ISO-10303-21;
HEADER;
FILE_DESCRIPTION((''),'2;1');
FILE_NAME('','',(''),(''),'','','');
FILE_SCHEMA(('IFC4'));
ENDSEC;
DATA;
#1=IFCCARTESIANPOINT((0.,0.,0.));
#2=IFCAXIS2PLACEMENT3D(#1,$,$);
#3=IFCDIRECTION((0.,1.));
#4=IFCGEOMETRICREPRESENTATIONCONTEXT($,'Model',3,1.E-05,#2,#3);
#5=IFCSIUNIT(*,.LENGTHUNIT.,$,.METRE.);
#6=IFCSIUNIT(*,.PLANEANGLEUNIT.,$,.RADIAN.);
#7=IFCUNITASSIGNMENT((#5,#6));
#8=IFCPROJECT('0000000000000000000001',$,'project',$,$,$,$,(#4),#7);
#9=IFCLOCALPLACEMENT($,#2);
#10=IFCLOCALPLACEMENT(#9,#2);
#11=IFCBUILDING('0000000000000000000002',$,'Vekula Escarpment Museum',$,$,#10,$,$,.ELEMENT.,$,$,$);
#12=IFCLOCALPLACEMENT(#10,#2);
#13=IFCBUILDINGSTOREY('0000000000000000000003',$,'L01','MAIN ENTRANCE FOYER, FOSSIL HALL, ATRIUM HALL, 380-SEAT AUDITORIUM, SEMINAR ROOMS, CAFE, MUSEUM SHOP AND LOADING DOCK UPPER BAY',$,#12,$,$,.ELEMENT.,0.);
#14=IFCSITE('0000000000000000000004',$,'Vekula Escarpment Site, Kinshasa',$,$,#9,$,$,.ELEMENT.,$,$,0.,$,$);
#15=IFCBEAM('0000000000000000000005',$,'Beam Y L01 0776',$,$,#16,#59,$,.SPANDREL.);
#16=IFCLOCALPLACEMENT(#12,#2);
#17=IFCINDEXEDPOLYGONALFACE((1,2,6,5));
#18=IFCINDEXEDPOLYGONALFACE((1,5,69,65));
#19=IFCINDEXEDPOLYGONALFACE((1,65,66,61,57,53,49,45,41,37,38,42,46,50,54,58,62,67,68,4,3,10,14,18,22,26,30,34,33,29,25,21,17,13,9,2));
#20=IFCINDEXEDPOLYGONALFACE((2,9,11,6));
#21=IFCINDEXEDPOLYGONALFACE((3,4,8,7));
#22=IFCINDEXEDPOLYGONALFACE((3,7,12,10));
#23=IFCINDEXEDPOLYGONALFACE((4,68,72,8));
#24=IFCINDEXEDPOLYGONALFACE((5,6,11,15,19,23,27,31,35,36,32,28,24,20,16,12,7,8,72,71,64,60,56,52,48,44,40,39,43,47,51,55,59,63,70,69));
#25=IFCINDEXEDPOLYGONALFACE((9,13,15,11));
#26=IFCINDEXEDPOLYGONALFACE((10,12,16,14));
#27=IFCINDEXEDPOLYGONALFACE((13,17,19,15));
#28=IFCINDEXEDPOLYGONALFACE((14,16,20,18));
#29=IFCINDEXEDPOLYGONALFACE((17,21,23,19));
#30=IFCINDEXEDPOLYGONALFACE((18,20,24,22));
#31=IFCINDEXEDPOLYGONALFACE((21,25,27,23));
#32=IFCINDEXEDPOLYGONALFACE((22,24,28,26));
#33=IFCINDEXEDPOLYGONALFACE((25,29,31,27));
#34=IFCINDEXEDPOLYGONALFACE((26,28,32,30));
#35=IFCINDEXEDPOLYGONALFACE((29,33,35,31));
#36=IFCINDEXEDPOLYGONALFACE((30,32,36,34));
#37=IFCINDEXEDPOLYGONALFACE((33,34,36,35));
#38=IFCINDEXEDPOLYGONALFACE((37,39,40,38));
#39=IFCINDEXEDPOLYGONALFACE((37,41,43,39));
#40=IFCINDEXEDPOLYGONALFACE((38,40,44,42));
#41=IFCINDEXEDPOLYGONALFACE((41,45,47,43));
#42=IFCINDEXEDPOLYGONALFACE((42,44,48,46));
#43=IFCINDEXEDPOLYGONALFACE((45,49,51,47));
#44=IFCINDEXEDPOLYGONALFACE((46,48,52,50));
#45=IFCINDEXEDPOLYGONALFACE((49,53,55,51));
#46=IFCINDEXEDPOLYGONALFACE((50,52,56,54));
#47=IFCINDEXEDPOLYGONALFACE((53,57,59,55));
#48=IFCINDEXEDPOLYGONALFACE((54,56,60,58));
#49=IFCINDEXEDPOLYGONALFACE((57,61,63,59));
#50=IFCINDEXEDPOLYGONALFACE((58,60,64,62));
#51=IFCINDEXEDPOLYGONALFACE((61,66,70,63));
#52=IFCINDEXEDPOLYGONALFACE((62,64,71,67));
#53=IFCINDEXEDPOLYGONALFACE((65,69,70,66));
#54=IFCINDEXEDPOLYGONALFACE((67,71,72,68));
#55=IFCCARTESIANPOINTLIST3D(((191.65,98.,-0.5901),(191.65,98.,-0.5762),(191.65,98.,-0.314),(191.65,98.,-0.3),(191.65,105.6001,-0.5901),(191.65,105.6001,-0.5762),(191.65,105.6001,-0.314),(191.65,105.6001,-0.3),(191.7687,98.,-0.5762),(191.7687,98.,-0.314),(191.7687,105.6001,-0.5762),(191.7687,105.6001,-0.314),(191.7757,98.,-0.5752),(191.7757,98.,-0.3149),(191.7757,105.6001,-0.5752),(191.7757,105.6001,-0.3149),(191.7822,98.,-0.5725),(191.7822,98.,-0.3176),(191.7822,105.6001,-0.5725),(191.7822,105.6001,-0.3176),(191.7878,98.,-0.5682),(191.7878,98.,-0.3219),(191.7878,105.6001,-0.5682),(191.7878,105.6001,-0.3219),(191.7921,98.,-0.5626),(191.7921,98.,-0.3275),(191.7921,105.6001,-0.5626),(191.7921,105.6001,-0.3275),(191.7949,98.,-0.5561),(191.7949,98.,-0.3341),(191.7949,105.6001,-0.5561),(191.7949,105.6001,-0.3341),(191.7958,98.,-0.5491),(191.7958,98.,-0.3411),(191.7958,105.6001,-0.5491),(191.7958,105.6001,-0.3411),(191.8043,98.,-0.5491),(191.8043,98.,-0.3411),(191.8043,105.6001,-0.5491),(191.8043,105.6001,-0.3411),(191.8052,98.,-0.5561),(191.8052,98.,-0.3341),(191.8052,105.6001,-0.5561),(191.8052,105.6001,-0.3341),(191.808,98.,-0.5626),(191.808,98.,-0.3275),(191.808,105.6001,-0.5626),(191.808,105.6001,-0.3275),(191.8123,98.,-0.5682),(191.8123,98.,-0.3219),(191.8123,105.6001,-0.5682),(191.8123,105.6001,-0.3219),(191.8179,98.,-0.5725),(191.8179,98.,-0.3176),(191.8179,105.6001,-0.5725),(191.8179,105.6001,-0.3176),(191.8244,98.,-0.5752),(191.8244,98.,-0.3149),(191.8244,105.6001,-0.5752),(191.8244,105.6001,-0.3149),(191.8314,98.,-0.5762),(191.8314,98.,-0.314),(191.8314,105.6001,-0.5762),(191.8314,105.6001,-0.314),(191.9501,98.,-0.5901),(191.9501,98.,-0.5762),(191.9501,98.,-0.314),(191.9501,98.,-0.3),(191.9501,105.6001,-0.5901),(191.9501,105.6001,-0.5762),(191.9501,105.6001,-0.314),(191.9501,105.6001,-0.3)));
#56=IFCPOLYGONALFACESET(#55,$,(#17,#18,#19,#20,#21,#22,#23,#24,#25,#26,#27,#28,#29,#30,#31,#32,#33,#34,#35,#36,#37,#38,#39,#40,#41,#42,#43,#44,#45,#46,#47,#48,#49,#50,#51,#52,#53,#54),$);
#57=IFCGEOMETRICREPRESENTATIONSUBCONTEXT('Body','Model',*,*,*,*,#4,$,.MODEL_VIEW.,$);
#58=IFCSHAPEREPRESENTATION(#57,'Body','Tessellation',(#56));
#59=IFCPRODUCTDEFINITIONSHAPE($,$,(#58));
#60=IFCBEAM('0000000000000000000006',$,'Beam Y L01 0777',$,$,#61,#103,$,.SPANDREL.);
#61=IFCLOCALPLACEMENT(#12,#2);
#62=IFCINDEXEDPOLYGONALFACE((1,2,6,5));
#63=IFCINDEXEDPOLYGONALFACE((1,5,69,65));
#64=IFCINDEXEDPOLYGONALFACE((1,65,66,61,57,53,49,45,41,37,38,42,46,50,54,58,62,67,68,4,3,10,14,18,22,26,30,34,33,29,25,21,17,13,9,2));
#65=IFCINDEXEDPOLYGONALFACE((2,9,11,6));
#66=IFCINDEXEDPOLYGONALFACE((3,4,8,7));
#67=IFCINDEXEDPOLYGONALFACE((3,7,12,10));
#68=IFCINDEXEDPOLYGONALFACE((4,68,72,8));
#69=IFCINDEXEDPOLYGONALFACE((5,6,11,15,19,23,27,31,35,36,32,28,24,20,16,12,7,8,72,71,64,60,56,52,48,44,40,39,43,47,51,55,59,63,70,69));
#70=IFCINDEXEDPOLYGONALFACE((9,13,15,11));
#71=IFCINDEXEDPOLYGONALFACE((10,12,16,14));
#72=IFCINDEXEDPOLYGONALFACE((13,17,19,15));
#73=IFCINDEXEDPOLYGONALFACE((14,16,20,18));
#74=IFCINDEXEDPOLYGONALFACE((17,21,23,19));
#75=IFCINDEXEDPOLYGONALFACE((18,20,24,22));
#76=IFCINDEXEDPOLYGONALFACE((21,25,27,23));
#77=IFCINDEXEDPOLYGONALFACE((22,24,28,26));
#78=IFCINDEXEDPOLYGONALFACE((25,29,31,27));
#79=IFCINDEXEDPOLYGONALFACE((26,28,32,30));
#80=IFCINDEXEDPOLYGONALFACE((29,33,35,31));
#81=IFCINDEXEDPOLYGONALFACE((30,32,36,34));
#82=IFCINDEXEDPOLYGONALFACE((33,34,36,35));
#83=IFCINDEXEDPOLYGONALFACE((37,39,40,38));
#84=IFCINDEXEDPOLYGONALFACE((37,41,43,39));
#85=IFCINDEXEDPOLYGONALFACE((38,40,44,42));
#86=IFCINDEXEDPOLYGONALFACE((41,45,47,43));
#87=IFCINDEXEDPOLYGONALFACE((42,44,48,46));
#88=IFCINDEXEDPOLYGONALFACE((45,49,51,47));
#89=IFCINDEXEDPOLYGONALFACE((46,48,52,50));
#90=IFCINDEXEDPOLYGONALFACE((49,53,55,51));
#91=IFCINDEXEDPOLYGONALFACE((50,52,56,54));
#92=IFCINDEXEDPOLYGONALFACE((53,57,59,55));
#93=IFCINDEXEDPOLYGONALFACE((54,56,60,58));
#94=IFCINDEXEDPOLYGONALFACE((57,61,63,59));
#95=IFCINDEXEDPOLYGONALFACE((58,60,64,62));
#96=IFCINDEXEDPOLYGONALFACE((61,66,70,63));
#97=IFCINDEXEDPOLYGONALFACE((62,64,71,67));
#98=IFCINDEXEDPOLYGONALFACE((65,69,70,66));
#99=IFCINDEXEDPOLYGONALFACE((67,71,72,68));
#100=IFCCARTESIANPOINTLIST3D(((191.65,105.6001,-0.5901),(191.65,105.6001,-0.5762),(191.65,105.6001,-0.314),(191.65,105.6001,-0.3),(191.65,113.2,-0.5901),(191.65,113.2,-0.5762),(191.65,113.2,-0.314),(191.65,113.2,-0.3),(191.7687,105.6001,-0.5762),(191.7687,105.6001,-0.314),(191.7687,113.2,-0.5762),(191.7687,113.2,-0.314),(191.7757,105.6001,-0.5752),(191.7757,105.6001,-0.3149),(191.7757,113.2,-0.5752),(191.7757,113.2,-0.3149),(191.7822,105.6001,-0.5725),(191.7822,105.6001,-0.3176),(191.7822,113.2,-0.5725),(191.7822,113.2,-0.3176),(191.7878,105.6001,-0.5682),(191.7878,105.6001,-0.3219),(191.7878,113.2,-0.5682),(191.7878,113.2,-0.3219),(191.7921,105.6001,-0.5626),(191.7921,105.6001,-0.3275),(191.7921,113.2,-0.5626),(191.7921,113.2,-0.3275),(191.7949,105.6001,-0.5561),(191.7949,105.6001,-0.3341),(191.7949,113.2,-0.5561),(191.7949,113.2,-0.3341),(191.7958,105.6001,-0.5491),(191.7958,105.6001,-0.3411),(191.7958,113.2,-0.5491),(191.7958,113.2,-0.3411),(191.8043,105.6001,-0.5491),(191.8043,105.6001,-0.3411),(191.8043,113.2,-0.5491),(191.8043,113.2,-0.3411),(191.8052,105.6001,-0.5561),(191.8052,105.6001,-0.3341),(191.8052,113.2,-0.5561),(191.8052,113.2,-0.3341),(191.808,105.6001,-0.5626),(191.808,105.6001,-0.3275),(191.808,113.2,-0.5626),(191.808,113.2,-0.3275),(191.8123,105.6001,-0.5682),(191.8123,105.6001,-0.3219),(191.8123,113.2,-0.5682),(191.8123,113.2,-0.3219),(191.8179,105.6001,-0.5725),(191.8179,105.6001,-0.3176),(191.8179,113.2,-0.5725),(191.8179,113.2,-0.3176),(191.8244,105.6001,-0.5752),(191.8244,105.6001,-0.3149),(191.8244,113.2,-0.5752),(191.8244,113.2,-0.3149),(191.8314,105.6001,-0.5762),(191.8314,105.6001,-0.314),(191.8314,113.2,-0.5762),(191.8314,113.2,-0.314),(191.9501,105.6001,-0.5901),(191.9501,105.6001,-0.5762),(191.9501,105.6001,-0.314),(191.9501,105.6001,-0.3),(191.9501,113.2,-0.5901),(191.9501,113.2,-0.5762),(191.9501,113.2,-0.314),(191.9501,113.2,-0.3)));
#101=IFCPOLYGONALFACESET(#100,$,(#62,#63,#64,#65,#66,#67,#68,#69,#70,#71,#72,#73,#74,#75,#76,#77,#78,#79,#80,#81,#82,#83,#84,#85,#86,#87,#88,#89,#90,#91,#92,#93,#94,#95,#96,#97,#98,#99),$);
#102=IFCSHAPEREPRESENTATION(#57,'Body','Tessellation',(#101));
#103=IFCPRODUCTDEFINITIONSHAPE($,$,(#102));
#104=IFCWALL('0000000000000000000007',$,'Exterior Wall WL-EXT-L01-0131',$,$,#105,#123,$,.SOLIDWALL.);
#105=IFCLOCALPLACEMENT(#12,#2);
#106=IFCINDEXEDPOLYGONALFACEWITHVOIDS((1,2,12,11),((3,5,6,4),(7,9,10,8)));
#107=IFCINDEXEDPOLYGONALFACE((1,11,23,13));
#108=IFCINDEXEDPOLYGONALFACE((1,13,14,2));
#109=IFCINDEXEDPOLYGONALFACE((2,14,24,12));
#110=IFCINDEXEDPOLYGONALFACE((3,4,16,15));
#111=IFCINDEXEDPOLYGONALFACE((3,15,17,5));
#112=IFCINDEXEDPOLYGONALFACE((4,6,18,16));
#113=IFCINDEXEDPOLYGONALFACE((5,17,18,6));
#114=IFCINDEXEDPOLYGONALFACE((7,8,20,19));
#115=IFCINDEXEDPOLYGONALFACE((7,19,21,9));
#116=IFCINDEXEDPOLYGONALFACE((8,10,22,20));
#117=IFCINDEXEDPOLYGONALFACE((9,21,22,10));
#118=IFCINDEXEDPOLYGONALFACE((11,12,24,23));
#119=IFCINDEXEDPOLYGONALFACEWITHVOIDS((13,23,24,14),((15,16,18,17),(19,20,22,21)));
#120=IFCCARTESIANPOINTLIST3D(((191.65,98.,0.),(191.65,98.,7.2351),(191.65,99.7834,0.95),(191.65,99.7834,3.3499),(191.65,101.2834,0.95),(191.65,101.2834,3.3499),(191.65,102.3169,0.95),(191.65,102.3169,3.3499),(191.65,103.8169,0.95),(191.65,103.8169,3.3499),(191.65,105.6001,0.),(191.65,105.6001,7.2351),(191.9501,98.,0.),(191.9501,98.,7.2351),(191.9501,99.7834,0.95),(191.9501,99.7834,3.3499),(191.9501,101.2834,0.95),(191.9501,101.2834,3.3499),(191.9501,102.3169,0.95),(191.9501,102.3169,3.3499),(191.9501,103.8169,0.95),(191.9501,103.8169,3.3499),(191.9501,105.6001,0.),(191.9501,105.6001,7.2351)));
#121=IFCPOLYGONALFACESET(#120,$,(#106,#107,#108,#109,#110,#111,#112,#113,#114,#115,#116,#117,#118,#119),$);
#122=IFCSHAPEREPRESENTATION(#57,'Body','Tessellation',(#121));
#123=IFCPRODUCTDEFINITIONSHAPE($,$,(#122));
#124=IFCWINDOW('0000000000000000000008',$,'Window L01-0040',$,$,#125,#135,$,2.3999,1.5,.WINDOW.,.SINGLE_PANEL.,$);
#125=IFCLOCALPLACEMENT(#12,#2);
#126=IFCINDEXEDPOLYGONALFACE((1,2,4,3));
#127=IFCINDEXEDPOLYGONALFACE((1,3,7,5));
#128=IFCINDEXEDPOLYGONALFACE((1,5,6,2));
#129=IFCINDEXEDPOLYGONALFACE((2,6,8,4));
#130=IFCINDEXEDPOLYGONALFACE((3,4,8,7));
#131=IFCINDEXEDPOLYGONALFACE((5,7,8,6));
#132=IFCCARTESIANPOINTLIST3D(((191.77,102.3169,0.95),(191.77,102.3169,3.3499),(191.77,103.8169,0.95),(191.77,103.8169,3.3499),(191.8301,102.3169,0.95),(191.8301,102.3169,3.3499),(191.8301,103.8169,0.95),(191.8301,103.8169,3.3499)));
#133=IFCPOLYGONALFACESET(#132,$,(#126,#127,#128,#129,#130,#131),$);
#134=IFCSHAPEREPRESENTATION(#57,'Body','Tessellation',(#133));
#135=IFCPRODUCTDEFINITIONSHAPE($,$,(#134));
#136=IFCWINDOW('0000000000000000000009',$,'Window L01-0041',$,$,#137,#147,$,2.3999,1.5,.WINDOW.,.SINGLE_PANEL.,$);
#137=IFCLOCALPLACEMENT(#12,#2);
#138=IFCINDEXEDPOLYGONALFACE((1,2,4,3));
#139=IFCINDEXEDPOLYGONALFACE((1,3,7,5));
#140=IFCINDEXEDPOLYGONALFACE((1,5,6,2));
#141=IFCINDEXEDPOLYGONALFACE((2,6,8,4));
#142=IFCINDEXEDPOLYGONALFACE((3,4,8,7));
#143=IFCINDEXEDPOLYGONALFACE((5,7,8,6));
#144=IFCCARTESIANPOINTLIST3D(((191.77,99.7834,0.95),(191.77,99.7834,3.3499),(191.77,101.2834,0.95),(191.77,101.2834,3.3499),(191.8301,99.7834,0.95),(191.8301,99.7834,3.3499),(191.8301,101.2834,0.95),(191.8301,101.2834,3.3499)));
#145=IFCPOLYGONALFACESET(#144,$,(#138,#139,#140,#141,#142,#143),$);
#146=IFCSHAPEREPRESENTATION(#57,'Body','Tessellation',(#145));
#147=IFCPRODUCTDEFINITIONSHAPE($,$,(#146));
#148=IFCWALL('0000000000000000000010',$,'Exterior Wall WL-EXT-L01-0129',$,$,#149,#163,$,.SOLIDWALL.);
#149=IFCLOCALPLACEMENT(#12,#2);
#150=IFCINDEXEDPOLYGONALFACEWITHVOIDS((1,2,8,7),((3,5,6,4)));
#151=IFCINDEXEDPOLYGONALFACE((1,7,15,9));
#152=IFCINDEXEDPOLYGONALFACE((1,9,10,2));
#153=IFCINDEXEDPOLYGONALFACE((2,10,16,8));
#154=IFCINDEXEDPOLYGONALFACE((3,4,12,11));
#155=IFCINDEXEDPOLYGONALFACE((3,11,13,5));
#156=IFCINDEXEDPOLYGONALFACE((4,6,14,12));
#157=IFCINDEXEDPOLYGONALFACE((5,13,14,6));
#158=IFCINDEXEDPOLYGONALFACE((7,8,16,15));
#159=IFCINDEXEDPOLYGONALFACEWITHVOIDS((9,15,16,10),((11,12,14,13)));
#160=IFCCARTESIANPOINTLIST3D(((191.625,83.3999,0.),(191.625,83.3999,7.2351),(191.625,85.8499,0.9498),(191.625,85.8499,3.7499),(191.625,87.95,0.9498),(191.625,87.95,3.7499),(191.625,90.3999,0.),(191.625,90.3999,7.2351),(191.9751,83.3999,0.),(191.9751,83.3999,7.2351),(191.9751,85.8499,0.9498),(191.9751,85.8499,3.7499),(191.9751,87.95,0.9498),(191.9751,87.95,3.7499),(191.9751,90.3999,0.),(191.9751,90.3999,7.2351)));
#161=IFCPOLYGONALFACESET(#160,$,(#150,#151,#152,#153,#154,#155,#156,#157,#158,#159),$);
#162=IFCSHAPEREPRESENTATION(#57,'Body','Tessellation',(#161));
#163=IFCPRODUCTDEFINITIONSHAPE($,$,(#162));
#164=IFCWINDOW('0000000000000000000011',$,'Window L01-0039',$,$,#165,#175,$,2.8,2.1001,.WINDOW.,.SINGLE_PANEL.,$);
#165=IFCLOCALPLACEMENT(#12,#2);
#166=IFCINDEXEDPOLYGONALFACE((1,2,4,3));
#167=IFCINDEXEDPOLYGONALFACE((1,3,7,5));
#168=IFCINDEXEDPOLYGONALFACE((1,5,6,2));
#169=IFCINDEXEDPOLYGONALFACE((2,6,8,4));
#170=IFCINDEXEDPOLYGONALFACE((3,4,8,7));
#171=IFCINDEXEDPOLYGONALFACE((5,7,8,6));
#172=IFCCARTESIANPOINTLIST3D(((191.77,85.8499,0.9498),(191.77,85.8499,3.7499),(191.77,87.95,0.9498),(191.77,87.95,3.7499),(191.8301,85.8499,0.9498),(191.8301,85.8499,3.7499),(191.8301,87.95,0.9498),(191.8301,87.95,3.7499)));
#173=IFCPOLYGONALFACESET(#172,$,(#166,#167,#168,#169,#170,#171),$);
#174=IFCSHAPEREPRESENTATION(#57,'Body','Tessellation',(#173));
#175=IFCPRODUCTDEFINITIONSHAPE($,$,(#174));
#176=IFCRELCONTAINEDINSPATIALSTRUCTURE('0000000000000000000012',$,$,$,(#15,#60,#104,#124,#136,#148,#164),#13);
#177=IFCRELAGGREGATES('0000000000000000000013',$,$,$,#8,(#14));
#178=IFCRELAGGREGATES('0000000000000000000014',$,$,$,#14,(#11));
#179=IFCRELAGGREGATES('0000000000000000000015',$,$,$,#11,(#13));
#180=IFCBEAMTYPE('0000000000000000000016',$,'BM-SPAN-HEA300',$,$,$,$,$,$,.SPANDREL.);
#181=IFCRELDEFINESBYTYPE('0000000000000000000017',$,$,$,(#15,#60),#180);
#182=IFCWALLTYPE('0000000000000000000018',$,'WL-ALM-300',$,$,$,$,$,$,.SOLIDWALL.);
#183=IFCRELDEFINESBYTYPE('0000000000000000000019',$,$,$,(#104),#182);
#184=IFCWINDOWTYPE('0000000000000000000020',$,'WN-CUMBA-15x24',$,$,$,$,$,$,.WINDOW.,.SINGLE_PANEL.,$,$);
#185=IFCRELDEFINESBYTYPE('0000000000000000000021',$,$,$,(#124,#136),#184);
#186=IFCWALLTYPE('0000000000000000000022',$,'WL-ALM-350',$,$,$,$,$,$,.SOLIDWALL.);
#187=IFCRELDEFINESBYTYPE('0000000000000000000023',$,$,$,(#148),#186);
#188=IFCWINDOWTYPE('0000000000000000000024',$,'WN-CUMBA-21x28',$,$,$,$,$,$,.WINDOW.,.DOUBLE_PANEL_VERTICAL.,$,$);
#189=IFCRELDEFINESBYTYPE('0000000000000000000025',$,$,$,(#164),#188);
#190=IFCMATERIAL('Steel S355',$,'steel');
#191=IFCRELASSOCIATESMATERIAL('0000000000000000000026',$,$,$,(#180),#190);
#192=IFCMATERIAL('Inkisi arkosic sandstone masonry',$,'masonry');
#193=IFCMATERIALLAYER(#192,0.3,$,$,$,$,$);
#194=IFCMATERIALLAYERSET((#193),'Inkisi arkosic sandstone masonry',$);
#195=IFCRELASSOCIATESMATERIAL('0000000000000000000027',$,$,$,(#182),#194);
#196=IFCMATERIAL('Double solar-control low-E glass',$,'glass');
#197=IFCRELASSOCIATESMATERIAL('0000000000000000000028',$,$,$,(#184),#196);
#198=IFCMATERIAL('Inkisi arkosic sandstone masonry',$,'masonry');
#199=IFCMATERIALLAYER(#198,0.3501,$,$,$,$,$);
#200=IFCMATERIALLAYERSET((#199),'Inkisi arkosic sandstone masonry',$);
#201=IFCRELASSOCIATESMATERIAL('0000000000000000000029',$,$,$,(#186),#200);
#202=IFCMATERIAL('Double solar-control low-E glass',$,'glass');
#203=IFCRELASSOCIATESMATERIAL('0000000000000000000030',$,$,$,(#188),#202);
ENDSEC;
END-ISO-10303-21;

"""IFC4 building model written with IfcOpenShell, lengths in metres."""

from ifc_helpers import new_model, si_unit, direction, frame, frame_2d, origin, origin_2d, place, context, subcontext, project, spatial, rectangle, i_section, extrude, material, layer, layer_set, material_profile, profile_set, type_object, element, fill, save


model = new_model("IFC4")

# Units and contexts
model_context = context("Model", 3, precision=1e-05, world=origin(), true_north=direction((0.0, 1.0)))
body_context = subcontext(model_context, "Body", "Model", "MODEL_VIEW")
ifc_project = project(units=[si_unit("LENGTHUNIT", "METRE"), si_unit("PLANEANGLEUNIT", "RADIAN")], contexts=[model_context])

# Site, building, storey
site_placement = place(None, origin())
site = spatial("IfcSite", under=ifc_project, at=site_placement, Name="Vekula Escarpment Site, Kinshasa", CompositionType="ELEMENT", RefElevation=0.0)
building_placement = place(site_placement, origin())
building = spatial("IfcBuilding", under=site, at=building_placement, Name="Vekula Escarpment Museum", CompositionType="ELEMENT")
storey_placement = place(building_placement, origin())
storey = spatial("IfcBuildingStorey", under=building, at=storey_placement, Name="L01", Description="MAIN ENTRANCE FOYER, FOSSIL HALL, ATRIUM HALL, 380-SEAT AUDITORIUM, SEMINAR ROOMS, CAFE, MUSEUM SHOP AND LOADING DOCK UPPER BAY", CompositionType="ELEMENT", Elevation=0.0)

# Beams
ifc_material_1 = material(Name="Steel S355", Category="steel")
ifc_material_profile_1 = material_profile(ifc_material_1, i_section(OverallWidth=0.3, OverallDepth=0.29, WebThickness=0.0085, FlangeThickness=0.0139, FilletRadius=0.0271, at=origin_2d()), Name="HEA 300")
ifc_profile_set_1 = profile_set([ifc_material_profile_1], Name="Steel S355")
beam_type = type_object("IfcBeamType", Name="BM-SPAN-HEA300", PredefinedType="SPANDREL", material=ifc_profile_set_1)
for number, where, z_axis, x_axis, name in (
    (1, (191.8, 98.0, -0.4451), (0.0, 1.0, 0.0), (-1.0, 0.0, 0.0), "Beam Y L01 0776"),
):
    element("IfcBeam", number, at=place(storey_placement, frame(where, z_axis=z_axis, x_axis=x_axis)), inside=storey, type_object=beam_type, Name=name, PredefinedType="SPANDREL", context=body_context, shape_type="SweptSolid", body=[
        extrude(i_section(OverallWidth=0.3, OverallDepth=0.29, WebThickness=0.0085, FlangeThickness=0.0139, FilletRadius=0.0271, at=origin_2d()), origin(), (0.0, 0.0, 1.0), 7.6001),
    ])
beam_placement = place(storey_placement, frame((191.8, 105.6001, -0.4451), z_axis=(0.0, 1.0, 0.0), x_axis=(-1.0, 0.0, 0.0)))
element("IfcBeam", 2, at=beam_placement, inside=storey, type_object=beam_type, Name="Beam Y L01 0777", PredefinedType="SPANDREL", context=body_context, shape_type="SweptSolid", body=[
    extrude(i_section(OverallWidth=0.3, OverallDepth=0.29, WebThickness=0.0085, FlangeThickness=0.0139, FilletRadius=0.0271, at=origin_2d()), origin(), (0.0, 0.0, 1.0), 7.5999),
])

# Wall, openings, windows
ifc_material_2 = material(Name="Inkisi arkosic sandstone masonry", Category="masonry")
ifc_layer_1 = layer(ifc_material_2, 0.3)
ifc_layer_set_1 = layer_set([ifc_layer_1], Name="Inkisi arkosic sandstone masonry")
wall_type_1 = type_object("IfcWallType", Name="WL-ALM-300", PredefinedType="SOLIDWALL", material=ifc_layer_set_1)
wall_1_placement = place(storey_placement, frame((191.8, 105.6001, 0.0), z_axis=(0.0, 0.0, 1.0), x_axis=(0.0, -1.0, 0.0)))
wall_1 = element("IfcWall", 3, at=wall_1_placement, inside=storey, type_object=wall_type_1, Name="Exterior Wall WL-EXT-L01-0131", PredefinedType="SOLIDWALL", context=body_context, shape_type="SweptSolid", body=[
    extrude(rectangle(XDim=7.6001, YDim=0.3, at=frame_2d((3.8, 0.0))), origin(), (0.0, 0.0, 1.0), 7.2351),
])
opening_1_placement = place(wall_1_placement, frame((1.7832, 0.0, 0.95)))
opening_1 = element("IfcOpeningElement", 4, at=opening_1_placement, cuts=wall_1, PredefinedType="OPENING", context=body_context, shape_type="SweptSolid", body=[
    extrude(rectangle(XDim=1.5, YDim=2.3999, at=frame_2d((0.75, 1.2))), frame((0.0, 0.1599, 0.0), z_axis=(0.0, -1.0, 0.0), x_axis=(1.0, 0.0, 0.0)), (0.0, 0.0, 1.0), 0.3201),
])
opening_2_placement = place(wall_1_placement, frame((4.3167, 0.0, 0.95)))
opening_2 = element("IfcOpeningElement", 5, at=opening_2_placement, cuts=wall_1, PredefinedType="OPENING", context=body_context, shape_type="SweptSolid", body=[
    extrude(rectangle(XDim=1.5, YDim=2.3999, at=frame_2d((0.75, 1.2))), frame((0.0, 0.1599, 0.0), z_axis=(0.0, -1.0, 0.0), x_axis=(1.0, 0.0, 0.0)), (0.0, 0.0, 1.0), 0.3201),
])
ifc_material_3 = material(Name="Double solar-control low-E glass", Category="glass")
window_type_1 = type_object("IfcWindowType", Name="WN-CUMBA-15x24", PartitioningType="SINGLE_PANEL", PredefinedType="WINDOW", material=ifc_material_3)
window_1_placement = place(opening_1_placement, origin())
window_1 = element("IfcWindow", 6, at=window_1_placement, inside=storey, type_object=window_type_1, Name="Window L01-0040", OverallHeight=2.3999, OverallWidth=1.5, PartitioningType="SINGLE_PANEL", PredefinedType="WINDOW", context=body_context, shape_type="SweptSolid", body=[
    extrude(rectangle(XDim=1.5, YDim=2.3999, at=frame_2d((0.75, 1.2))), frame((0.0, 0.03, 0.0), z_axis=(0.0, -1.0, 0.0), x_axis=(1.0, 0.0, 0.0)), (0.0, 0.0, 1.0), 0.0601),
])
fill(opening_1, window_1)
window_2_placement = place(opening_2_placement, origin())
window_2 = element("IfcWindow", 7, at=window_2_placement, inside=storey, type_object=window_type_1, Name="Window L01-0041", OverallHeight=2.3999, OverallWidth=1.5, PartitioningType="SINGLE_PANEL", PredefinedType="WINDOW", context=body_context, shape_type="SweptSolid", body=[
    extrude(rectangle(XDim=1.5, YDim=2.3999, at=frame_2d((0.75, 1.2))), frame((0.0, 0.03, 0.0), z_axis=(0.0, -1.0, 0.0), x_axis=(1.0, 0.0, 0.0)), (0.0, 0.0, 1.0), 0.0601),
])
fill(opening_2, window_2)

# Wall, opening, window
ifc_material_4 = material(Name="Inkisi arkosic sandstone masonry", Category="masonry")
ifc_layer_2 = layer(ifc_material_4, 0.3501)
ifc_layer_set_2 = layer_set([ifc_layer_2], Name="Inkisi arkosic sandstone masonry")
wall_type_2 = type_object("IfcWallType", Name="WL-ALM-350", PredefinedType="SOLIDWALL", material=ifc_layer_set_2)
wall_2_placement = place(storey_placement, frame((191.8, 90.3999, 0.0), z_axis=(0.0, 0.0, 1.0), x_axis=(0.0, -1.0, 0.0)))
wall_2 = element("IfcWall", 8, at=wall_2_placement, inside=storey, type_object=wall_type_2, Name="Exterior Wall WL-EXT-L01-0129", PredefinedType="SOLIDWALL", context=body_context, shape_type="SweptSolid", body=[
    extrude(rectangle(XDim=7.0, YDim=0.3501, at=frame_2d((3.5, 0.0))), origin(), (0.0, 0.0, 1.0), 7.2351),
])
opening_3_placement = place(wall_2_placement, frame((2.45, 0.0, 0.95)))
opening_3 = element("IfcOpeningElement", 9, at=opening_3_placement, cuts=wall_2, PredefinedType="OPENING", context=body_context, shape_type="SweptSolid", body=[
    extrude(rectangle(XDim=2.1001, YDim=2.8, at=frame_2d((1.05, 1.3999))), frame((0.0, 0.1851, 0.0), z_axis=(0.0, -1.0, 0.0), x_axis=(1.0, 0.0, 0.0)), (0.0, 0.0, 1.0), 0.3701),
])
ifc_material_5 = material(Name="Double solar-control low-E glass", Category="glass")
window_type_2 = type_object("IfcWindowType", Name="WN-CUMBA-21x28", PartitioningType="DOUBLE_PANEL_VERTICAL", PredefinedType="WINDOW", material=ifc_material_5)
window_3_placement = place(opening_3_placement, origin())
window_3 = element("IfcWindow", 10, at=window_3_placement, inside=storey, type_object=window_type_2, Name="Window L01-0039", OverallHeight=2.8, OverallWidth=2.1001, PartitioningType="SINGLE_PANEL", PredefinedType="WINDOW", context=body_context, shape_type="SweptSolid", body=[
    extrude(rectangle(XDim=2.1001, YDim=2.8, at=frame_2d((1.05, 1.3999))), frame((0.0, 0.03, 0.0), z_axis=(0.0, -1.0, 0.0), x_axis=(1.0, 0.0, 0.0)), (0.0, 0.0, 1.0), 0.0601),
])
fill(opening_3, window_3)

save(model, "model.ifc")
